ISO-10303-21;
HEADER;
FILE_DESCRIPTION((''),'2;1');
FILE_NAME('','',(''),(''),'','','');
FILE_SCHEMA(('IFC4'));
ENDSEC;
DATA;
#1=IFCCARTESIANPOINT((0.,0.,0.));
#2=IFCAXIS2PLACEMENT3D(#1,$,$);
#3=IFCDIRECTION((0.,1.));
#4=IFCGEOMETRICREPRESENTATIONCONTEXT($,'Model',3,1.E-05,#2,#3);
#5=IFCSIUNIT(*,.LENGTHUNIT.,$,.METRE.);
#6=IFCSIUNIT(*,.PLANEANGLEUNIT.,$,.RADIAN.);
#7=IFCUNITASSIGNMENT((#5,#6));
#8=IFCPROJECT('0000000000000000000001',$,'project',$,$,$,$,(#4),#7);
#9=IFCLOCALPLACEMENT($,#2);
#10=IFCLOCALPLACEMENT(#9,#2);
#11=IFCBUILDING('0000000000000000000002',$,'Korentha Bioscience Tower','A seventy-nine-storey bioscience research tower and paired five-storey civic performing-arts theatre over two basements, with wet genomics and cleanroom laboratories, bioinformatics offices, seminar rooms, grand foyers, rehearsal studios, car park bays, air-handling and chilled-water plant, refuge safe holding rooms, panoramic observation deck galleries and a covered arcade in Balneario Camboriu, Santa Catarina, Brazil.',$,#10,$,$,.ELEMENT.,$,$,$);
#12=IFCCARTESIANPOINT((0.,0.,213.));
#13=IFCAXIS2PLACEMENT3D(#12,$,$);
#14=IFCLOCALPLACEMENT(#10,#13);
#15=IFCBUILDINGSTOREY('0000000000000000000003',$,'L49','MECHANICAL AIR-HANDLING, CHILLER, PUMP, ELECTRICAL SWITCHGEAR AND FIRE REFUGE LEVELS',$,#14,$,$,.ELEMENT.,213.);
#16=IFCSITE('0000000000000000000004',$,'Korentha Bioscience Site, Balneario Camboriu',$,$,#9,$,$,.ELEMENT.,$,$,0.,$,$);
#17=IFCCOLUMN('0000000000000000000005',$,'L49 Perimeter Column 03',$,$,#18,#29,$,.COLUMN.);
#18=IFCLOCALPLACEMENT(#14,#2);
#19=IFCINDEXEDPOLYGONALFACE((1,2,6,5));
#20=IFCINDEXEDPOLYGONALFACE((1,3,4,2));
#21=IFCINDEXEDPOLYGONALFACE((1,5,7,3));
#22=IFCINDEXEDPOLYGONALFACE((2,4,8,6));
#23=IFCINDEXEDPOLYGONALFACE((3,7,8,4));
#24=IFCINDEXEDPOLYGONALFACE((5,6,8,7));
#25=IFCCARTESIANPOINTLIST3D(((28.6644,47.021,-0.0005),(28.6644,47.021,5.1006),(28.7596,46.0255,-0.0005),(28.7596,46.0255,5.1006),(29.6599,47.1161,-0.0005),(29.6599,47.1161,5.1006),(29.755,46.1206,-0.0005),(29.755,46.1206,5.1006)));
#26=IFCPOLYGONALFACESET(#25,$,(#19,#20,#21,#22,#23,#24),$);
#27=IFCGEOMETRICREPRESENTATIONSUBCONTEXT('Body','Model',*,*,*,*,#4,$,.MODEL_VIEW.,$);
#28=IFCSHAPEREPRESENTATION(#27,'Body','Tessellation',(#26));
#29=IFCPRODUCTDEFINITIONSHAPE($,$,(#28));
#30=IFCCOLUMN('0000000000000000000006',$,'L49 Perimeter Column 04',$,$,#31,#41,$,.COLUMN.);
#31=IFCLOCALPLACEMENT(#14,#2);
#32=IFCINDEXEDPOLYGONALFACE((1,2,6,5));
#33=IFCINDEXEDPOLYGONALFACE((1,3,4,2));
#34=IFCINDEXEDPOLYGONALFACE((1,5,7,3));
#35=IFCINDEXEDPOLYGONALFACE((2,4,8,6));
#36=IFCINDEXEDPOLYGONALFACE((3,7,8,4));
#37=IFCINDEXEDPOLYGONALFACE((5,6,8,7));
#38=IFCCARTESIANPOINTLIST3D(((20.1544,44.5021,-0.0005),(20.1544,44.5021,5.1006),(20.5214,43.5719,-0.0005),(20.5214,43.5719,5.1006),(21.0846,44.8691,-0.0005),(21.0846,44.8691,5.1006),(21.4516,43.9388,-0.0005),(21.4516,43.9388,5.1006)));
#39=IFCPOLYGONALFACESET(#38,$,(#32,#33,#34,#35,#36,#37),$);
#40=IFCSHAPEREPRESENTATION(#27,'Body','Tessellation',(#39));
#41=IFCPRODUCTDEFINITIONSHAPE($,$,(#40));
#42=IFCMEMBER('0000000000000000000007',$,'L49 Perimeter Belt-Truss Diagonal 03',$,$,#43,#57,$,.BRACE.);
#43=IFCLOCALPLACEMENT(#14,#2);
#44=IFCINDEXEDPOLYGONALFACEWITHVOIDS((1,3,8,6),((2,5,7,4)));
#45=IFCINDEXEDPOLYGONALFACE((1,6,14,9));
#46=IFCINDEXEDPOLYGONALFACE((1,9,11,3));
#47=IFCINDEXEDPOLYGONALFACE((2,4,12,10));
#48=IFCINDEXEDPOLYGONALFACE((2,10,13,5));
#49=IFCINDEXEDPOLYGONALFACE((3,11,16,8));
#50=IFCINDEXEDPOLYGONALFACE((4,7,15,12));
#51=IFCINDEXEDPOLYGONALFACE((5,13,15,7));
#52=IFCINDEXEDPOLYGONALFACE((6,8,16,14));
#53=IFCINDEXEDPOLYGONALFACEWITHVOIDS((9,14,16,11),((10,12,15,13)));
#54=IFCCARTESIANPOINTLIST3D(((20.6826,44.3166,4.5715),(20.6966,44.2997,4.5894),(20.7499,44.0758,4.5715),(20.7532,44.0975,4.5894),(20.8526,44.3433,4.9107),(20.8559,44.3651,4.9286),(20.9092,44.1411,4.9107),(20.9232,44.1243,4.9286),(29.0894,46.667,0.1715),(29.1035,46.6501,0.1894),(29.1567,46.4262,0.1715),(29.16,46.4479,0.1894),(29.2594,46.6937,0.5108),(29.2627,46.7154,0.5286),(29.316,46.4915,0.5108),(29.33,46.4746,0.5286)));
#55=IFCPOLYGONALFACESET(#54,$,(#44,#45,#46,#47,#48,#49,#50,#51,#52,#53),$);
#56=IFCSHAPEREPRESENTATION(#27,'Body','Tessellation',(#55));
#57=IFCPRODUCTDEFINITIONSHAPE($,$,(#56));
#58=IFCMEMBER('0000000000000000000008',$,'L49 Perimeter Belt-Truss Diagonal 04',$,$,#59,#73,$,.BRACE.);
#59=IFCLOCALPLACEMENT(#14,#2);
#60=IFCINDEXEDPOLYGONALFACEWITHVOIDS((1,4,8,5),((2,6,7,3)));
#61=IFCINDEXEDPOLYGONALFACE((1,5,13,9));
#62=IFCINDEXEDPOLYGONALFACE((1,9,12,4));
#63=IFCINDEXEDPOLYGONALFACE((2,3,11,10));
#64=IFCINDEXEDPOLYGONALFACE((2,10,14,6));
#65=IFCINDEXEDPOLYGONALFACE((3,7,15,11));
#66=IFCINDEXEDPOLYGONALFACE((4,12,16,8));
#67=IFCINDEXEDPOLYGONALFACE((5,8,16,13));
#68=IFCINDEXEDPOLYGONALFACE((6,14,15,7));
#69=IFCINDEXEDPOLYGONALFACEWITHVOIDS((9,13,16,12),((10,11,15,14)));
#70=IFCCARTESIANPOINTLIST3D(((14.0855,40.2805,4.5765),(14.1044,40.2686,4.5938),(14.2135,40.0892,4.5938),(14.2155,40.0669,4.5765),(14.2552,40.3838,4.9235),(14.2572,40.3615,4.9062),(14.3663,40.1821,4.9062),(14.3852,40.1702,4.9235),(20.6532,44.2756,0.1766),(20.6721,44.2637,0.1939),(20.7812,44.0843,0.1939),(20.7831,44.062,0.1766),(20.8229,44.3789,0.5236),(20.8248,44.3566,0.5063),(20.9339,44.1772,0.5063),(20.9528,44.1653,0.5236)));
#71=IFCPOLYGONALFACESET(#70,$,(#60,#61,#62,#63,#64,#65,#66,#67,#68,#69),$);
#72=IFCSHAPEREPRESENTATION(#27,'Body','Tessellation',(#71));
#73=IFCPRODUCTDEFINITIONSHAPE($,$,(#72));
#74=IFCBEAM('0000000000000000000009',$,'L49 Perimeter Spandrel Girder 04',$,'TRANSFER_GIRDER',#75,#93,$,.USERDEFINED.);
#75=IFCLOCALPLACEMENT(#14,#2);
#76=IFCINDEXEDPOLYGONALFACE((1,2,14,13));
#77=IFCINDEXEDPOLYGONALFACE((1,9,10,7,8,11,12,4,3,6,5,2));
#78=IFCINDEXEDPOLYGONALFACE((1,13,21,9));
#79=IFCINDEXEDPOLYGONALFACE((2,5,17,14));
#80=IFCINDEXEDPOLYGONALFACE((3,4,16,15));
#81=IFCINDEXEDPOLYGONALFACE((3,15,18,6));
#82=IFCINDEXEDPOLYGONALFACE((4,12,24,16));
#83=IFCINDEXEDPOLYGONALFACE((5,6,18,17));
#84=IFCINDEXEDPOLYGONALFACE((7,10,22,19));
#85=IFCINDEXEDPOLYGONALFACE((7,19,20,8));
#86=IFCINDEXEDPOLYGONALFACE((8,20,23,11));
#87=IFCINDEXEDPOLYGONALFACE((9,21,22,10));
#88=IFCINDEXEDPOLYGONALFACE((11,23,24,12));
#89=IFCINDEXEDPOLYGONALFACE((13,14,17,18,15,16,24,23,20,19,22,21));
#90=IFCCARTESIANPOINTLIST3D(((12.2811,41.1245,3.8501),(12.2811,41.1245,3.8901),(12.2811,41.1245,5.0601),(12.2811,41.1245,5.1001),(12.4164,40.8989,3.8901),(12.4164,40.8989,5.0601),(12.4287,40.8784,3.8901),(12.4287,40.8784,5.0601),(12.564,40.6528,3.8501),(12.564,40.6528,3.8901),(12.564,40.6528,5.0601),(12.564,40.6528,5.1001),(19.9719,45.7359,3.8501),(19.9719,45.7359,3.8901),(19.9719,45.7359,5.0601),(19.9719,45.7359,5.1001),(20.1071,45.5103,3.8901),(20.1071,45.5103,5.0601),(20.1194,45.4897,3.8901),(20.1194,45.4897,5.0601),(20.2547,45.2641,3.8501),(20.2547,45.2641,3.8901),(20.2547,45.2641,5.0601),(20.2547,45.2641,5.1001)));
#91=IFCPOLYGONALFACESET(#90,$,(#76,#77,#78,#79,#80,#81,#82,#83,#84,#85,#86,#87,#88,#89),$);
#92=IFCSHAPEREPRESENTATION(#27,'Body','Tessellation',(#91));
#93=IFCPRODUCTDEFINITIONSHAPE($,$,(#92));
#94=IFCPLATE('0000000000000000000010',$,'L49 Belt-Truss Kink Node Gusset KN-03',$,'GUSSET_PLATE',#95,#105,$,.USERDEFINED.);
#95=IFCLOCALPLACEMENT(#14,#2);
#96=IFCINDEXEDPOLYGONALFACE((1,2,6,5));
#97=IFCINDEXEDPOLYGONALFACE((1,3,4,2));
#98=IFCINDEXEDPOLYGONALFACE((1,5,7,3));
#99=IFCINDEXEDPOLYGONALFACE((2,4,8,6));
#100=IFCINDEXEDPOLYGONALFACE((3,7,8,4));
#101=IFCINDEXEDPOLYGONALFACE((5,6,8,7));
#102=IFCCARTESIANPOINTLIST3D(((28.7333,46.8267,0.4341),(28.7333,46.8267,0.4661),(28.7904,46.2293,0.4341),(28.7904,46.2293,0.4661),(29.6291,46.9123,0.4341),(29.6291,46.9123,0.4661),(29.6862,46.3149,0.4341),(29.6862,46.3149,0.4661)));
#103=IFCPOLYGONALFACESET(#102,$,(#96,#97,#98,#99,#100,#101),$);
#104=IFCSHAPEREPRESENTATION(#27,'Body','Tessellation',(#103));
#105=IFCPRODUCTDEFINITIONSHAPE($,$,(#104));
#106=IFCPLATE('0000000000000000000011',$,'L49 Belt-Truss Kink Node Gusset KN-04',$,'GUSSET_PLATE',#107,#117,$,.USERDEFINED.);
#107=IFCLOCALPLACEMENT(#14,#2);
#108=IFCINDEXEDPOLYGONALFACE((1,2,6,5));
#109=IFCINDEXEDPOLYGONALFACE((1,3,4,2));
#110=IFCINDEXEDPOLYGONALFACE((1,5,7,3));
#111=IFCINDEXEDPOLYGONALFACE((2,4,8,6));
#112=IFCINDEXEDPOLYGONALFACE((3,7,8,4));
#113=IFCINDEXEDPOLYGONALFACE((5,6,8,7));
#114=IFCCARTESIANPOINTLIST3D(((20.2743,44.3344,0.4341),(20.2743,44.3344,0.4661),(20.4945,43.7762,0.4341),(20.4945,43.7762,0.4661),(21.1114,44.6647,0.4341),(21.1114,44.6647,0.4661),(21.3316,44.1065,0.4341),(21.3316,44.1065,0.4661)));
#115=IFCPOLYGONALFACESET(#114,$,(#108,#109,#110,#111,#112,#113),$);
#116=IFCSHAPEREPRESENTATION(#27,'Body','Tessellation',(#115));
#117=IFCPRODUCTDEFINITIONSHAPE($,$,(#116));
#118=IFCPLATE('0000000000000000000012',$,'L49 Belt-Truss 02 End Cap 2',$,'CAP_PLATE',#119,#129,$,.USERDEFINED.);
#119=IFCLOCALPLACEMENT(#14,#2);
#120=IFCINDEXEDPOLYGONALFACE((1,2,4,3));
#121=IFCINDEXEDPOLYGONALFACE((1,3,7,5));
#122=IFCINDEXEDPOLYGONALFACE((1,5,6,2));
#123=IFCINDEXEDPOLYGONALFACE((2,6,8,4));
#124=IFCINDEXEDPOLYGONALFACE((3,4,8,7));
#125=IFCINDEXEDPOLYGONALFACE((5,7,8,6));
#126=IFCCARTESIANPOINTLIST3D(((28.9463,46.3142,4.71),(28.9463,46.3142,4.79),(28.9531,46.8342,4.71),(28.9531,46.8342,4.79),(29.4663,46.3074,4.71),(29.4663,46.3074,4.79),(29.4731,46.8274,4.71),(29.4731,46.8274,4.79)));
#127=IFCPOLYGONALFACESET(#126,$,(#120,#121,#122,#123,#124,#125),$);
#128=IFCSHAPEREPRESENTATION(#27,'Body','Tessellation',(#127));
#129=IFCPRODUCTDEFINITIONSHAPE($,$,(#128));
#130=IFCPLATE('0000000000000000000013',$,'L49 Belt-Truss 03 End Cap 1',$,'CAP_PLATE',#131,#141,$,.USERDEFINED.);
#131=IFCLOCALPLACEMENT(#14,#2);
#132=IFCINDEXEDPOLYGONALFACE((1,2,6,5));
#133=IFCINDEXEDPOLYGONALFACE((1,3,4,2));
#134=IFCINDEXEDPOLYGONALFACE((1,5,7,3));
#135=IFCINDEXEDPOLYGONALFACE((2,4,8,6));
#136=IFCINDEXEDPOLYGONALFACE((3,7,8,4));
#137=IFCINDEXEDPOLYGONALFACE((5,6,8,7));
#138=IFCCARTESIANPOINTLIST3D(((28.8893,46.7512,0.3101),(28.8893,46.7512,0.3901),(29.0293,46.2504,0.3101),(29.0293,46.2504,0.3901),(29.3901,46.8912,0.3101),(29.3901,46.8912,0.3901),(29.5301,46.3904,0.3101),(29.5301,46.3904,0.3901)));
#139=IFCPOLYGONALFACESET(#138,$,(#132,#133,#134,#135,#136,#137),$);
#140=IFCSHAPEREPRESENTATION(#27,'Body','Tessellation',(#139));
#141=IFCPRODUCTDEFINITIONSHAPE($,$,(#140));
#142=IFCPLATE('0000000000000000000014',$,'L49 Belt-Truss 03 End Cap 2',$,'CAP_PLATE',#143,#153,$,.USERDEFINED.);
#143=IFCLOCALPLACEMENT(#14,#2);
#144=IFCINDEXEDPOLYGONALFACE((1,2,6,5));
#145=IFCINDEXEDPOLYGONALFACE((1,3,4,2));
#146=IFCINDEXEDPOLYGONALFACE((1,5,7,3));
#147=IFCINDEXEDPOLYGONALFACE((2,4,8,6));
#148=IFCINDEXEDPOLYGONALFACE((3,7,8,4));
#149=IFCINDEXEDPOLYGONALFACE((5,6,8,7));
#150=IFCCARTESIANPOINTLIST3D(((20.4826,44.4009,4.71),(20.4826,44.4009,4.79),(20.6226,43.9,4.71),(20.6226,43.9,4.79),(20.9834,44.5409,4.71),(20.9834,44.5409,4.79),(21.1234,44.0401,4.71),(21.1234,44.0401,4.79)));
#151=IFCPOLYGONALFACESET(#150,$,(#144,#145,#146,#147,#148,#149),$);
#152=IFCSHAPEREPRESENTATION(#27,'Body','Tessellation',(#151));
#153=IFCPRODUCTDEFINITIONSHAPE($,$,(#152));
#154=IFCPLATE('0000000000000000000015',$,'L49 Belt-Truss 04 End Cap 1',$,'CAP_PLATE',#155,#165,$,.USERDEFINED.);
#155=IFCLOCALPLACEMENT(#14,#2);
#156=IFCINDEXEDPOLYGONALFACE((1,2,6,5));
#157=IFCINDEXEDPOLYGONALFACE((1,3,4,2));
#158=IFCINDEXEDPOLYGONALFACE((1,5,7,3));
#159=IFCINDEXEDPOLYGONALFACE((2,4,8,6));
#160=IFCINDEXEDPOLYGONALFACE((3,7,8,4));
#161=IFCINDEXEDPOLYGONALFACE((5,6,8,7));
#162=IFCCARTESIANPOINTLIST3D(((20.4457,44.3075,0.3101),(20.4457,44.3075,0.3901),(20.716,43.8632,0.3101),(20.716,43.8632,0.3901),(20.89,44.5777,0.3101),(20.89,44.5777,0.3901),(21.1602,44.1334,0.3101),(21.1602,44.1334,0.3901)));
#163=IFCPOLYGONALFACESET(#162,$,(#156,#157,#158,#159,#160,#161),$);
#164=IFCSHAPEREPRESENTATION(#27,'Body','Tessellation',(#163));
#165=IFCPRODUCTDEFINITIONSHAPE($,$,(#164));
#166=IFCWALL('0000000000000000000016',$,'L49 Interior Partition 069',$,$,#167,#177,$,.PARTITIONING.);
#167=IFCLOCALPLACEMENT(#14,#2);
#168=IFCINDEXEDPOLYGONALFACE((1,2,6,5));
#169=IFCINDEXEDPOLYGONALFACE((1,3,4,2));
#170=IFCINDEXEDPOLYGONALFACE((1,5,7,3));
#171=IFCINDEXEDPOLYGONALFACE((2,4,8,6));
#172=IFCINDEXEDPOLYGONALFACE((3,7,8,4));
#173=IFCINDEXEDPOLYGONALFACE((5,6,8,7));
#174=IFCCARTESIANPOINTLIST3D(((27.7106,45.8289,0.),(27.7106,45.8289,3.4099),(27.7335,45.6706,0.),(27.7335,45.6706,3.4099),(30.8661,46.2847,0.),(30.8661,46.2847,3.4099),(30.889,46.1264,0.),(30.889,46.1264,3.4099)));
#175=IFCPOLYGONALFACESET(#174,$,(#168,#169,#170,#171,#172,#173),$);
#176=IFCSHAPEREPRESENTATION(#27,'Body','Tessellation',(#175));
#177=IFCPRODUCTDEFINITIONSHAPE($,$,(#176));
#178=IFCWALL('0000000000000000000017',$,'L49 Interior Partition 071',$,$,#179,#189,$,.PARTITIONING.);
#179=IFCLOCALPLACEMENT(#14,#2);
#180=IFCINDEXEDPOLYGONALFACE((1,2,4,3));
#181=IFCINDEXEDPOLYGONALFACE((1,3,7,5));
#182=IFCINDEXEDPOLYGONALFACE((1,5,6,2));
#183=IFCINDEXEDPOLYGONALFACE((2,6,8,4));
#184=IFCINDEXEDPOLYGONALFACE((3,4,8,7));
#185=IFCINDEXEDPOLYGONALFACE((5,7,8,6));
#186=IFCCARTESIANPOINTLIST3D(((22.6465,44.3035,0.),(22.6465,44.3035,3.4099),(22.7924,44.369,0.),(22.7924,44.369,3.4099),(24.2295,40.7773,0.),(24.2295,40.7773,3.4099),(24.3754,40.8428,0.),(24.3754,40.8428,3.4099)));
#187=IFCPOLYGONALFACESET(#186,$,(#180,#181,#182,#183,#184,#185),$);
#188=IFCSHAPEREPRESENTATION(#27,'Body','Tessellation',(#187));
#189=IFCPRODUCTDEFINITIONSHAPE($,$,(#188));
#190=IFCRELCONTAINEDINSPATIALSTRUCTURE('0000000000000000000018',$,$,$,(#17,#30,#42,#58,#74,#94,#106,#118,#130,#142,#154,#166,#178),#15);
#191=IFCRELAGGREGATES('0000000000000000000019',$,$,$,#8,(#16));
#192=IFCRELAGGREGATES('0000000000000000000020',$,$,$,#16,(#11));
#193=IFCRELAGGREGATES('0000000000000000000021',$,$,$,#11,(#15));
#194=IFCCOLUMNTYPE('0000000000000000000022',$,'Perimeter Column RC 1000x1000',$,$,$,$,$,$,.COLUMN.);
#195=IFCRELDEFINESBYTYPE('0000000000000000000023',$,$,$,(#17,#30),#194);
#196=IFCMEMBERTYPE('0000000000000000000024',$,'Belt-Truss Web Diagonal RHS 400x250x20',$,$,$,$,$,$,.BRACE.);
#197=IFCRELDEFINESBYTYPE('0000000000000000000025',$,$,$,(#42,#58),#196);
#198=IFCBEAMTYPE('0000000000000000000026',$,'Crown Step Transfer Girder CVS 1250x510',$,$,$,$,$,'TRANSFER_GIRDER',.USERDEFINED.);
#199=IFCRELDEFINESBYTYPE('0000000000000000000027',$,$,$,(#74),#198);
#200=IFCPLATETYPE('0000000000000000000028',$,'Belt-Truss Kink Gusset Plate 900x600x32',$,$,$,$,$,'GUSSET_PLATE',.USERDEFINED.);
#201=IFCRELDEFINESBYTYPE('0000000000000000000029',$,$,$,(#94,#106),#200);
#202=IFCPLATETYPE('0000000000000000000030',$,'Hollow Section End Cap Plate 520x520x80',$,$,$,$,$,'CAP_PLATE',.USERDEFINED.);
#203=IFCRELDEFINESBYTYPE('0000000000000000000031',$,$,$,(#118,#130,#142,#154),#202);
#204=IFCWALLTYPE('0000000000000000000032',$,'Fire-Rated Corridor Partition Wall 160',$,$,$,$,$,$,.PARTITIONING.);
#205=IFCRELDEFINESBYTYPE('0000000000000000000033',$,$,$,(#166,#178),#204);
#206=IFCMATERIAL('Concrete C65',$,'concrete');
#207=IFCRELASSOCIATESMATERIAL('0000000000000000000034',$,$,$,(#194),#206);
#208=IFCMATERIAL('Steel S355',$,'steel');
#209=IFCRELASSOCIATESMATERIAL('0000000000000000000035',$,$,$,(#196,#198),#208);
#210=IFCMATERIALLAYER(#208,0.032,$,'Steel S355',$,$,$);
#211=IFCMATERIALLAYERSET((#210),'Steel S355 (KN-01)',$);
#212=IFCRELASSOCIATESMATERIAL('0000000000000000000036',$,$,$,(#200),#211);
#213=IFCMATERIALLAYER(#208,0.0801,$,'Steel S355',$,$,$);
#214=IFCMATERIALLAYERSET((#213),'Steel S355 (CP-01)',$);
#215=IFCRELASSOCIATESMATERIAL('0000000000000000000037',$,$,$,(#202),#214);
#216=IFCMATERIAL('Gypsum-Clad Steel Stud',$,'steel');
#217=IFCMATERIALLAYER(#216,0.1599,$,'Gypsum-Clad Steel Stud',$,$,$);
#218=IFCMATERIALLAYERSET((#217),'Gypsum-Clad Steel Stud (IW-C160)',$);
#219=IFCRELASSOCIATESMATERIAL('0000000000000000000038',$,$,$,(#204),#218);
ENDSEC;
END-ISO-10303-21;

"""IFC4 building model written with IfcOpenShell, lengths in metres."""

from ifc_helpers import new_model, si_unit, direction, frame, frame_2d, origin, origin_2d, place, context, subcontext, project, spatial, rectangle, hollow_rectangle, i_section, extrude, material, layer, layer_set, material_profile, profile_set, type_object, element, save


model = new_model("IFC4")

# Units and contexts
model_context = context("Model", 3, precision=1e-05, world=origin(), true_north=direction((0.0, 1.0)))
body_context = subcontext(model_context, "Body", "Model", "MODEL_VIEW")
ifc_project = project(units=[si_unit("LENGTHUNIT", "METRE"), si_unit("PLANEANGLEUNIT", "RADIAN")], contexts=[model_context])

# Site, building, storey
site_placement = place(None, origin())
site = spatial("IfcSite", under=ifc_project, at=site_placement, Name="Korentha Bioscience Site, Balneario Camboriu", CompositionType="ELEMENT", RefElevation=0.0)
building_placement = place(site_placement, origin())
building = spatial("IfcBuilding", under=site, at=building_placement, Name="Korentha Bioscience Tower", Description="A seventy-nine-storey bioscience research tower and paired five-storey civic performing-arts theatre over two basements, with wet genomics and cleanroom laboratories, bioinformatics offices, seminar rooms, grand foyers, rehearsal studios, car park bays, air-handling and chilled-water plant, refuge safe holding rooms, panoramic observation deck galleries and a covered arcade in Balneario Camboriu, Santa Catarina, Brazil.", CompositionType="ELEMENT")
storey_placement = place(building_placement, frame((0.0, 0.0, 213.0)))
storey = spatial("IfcBuildingStorey", under=building, at=storey_placement, Name="L49", Description="MECHANICAL AIR-HANDLING, CHILLER, PUMP, ELECTRICAL SWITCHGEAR AND FIRE REFUGE LEVELS", CompositionType="ELEMENT", Elevation=213.0)

# Columns
ifc_material_1 = material(Name="Concrete C65", Category="concrete")
ifc_material_profile_1 = material_profile(ifc_material_1, rectangle(XDim=1.0, YDim=1.0, at=origin_2d()), Name="Concrete C65")
ifc_profile_set_1 = profile_set([ifc_material_profile_1], Name="Concrete C65 (COL-P10)")
column_type = type_object("IfcColumnType", Name="Perimeter Column RC 1000x1000", PredefinedType="COLUMN", material=ifc_profile_set_1)
for number, where, z_axis, x_axis, name in (
    (1, (29.2097, 46.5708, -0.0005), (0.0, 0.0, 1.0), (0.995463, 0.095151, 0.0), "L49 Perimeter Column 03"),
    (2, (20.803, 44.2205, -0.0005), (0.0, 0.0, 1.0), (0.930226, 0.366988, 0.0), "L49 Perimeter Column 04"),
):
    element("IfcColumn", number, at=place(storey_placement, frame(where, z_axis=z_axis, x_axis=x_axis)), inside=storey, type_object=column_type, Name=name, PredefinedType="COLUMN", context=body_context, shape_type="SweptSolid", body=[
        extrude(rectangle(XDim=1.0, YDim=1.0, at=origin_2d()), origin(), (0.0, 0.0, 1.0), 5.1011),
    ])

# Members
ifc_material_2 = material(Name="Steel S355", Category="steel")
ifc_material_profile_2 = material_profile(ifc_material_2, hollow_rectangle(XDim=0.25, YDim=0.3999, WallThickness=0.02, at=origin_2d()), Name="Steel S355")
ifc_profile_set_2 = profile_set([ifc_material_profile_2], Name="Steel S355 (BT-D400)")
member_type = type_object("IfcMemberType", Name="Belt-Truss Web Diagonal RHS 400x250x20", PredefinedType="BRACE", material=ifc_profile_set_2)
member_1_placement = place(storey_placement, frame((29.2097, 46.5708, 0.3501), z_axis=(-0.859998, -0.240437, 0.450104), x_axis=(0.269253, -0.963069, 0.0)))
element("IfcMember", 3, at=member_1_placement, inside=storey, type_object=member_type, Name="L49 Perimeter Belt-Truss Diagonal 03", PredefinedType="BRACE", context=body_context, shape_type="SweptSolid", body=[
    extrude(hollow_rectangle(XDim=0.25, YDim=0.3999, WallThickness=0.02, at=origin_2d()), origin(), (0.0, 0.0, 1.0), 9.7754),
])
member_2_placement = place(storey_placement, frame((20.803, 44.2205, 0.3501), z_axis=(-0.741483, -0.451048, 0.496748), x_axis=(0.519703, -0.854347, 0.0)))
element("IfcMember", 4, at=member_2_placement, inside=storey, type_object=member_type, Name="L49 Perimeter Belt-Truss Diagonal 04", PredefinedType="BRACE", context=body_context, shape_type="SweptSolid", body=[
    extrude(hollow_rectangle(XDim=0.25, YDim=0.3999, WallThickness=0.02, at=origin_2d()), origin(), (0.0, 0.0, 1.0), 8.8574),
])

# Beam
ifc_material_profile_3 = material_profile(ifc_material_2, i_section(OverallWidth=0.55, OverallDepth=1.25, WebThickness=0.0239, FlangeThickness=0.04, at=origin_2d()), Name="Steel S355")
ifc_profile_set_3 = profile_set([ifc_material_profile_3], Name="Steel S355 (TG-03)")
beam_type = type_object("IfcBeamType", Name="Crown Step Transfer Girder CVS 1250x510", ElementType="TRANSFER_GIRDER", PredefinedType="USERDEFINED", material=ifc_profile_set_3)
beam_placement = place(storey_placement, frame((20.1133, 45.5, 4.4751), z_axis=(-0.857644, -0.514243, 0.0), x_axis=(0.514243, -0.857644, 0.0)))
element("IfcBeam", 5, at=beam_placement, inside=storey, type_object=beam_type, Name="L49 Perimeter Spandrel Girder 04", ObjectType="TRANSFER_GIRDER", PredefinedType="USERDEFINED", context=body_context, shape_type="SweptSolid", body=[
    extrude(i_section(OverallWidth=0.55, OverallDepth=1.25, WebThickness=0.0239, FlangeThickness=0.04, at=origin_2d()), origin(), (0.0, 0.0, 1.0), 8.9673),
])

# Plates
ifc_layer_1 = layer(ifc_material_2, 0.032, Name="Steel S355")
ifc_layer_set_1 = layer_set([ifc_layer_1], Name="Steel S355 (KN-01)")
plate_type_1 = type_object("IfcPlateType", Name="Belt-Truss Kink Gusset Plate 900x600x32", ElementType="GUSSET_PLATE", PredefinedType="USERDEFINED", material=ifc_layer_set_1)
for number, where, z_axis, x_axis, name in (
    (6, (29.2097, 46.5708, 0.4341), (0.0, 0.0, 1.0), (0.995463, 0.095151, 0.0), "L49 Belt-Truss Kink Node Gusset KN-03"),
    (7, (20.803, 44.2205, 0.4341), (0.0, 0.0, 1.0), (0.930226, 0.366988, 0.0), "L49 Belt-Truss Kink Node Gusset KN-04"),
):
    element("IfcPlate", number, at=place(storey_placement, frame(where, z_axis=z_axis, x_axis=x_axis)), inside=storey, type_object=plate_type_1, Name=name, ObjectType="GUSSET_PLATE", PredefinedType="USERDEFINED", context=body_context, shape_type="SweptSolid", body=[
        extrude(rectangle(XDim=0.8999, YDim=0.6001, at=origin_2d()), origin(), (0.0, 0.0, 1.0), 0.032),
    ])
ifc_layer_2 = layer(ifc_material_2, 0.0801, Name="Steel S355")
ifc_layer_set_2 = layer_set([ifc_layer_2], Name="Steel S355 (CP-01)")
plate_type_2 = type_object("IfcPlateType", Name="Hollow Section End Cap Plate 520x520x80", ElementType="CAP_PLATE", PredefinedType="USERDEFINED", material=ifc_layer_set_2)
for number, where, z_axis, x_axis, name in (
    (8, (29.2097, 46.5708, 4.71), (0.0, 0.0, 1.0), (-0.999914, 0.01309, 0.0), "L49 Belt-Truss 02 End Cap 2"),
    (9, (29.2097, 46.5708, 0.3101), (0.0, 0.0, 1.0), (0.963069, 0.269256, 0.0), "L49 Belt-Truss 03 End Cap 1"),
    (10, (20.803, 44.2205, 4.71), (0.0, 0.0, 1.0), (0.963069, 0.269256, 0.0), "L49 Belt-Truss 03 End Cap 2"),
    (11, (20.803, 44.2205, 0.3101), (0.0, 0.0, 1.0), (0.854368, 0.519668, 0.0), "L49 Belt-Truss 04 End Cap 1"),
):
    element("IfcPlate", number, at=place(storey_placement, frame(where, z_axis=z_axis, x_axis=x_axis)), inside=storey, type_object=plate_type_2, Name=name, ObjectType="CAP_PLATE", PredefinedType="USERDEFINED", context=body_context, shape_type="SweptSolid", body=[
        extrude(rectangle(XDim=0.52, YDim=0.52, at=origin_2d()), origin(), (0.0, 0.0, 1.0), 0.0801),
    ])

# Shared definitions
ifc_material_3 = material(Name="Gypsum-Clad Steel Stud", Category="steel")
ifc_layer_3 = layer(ifc_material_3, 0.1599, Name="Gypsum-Clad Steel Stud")
ifc_layer_set_3 = layer_set([ifc_layer_3], Name="Gypsum-Clad Steel Stud (IW-C160)")
wall_type_1 = type_object("IfcWallType", Name="Fire-Rated Corridor Partition Wall 160", PredefinedType="PARTITIONING", material=ifc_layer_set_3)

# Walls
wall_1_placement = place(storey_placement, frame((27.7219, 45.7498, 0.0), z_axis=(0.0, 0.0, 1.0), x_axis=(0.989728, 0.142965, 0.0)))
element("IfcWall", 12, at=wall_1_placement, inside=storey, type_object=wall_type_1, Name="L49 Interior Partition 069", PredefinedType="PARTITIONING", context=body_context, shape_type="SweptSolid", body=[
    extrude(rectangle(XDim=3.1882, YDim=0.1599, at=frame_2d((1.5942, 0.0))), origin(), (0.0, 0.0, 1.0), 3.4099),
])
wall_2_placement = place(storey_placement, frame((24.3025, 40.8101, 0.0), z_axis=(0.0, 0.0, 1.0), x_axis=(-0.409558, 0.912284, 0.0)))
element("IfcWall", 13, at=wall_2_placement, inside=storey, type_object=wall_type_1, Name="L49 Interior Partition 071", PredefinedType="PARTITIONING", context=body_context, shape_type="SweptSolid", body=[
    extrude(rectangle(XDim=3.8652, YDim=0.1599, at=frame_2d((1.9326, 0.0))), origin(), (0.0, 0.0, 1.0), 3.4099),
])

save(model, "model.ifc")
